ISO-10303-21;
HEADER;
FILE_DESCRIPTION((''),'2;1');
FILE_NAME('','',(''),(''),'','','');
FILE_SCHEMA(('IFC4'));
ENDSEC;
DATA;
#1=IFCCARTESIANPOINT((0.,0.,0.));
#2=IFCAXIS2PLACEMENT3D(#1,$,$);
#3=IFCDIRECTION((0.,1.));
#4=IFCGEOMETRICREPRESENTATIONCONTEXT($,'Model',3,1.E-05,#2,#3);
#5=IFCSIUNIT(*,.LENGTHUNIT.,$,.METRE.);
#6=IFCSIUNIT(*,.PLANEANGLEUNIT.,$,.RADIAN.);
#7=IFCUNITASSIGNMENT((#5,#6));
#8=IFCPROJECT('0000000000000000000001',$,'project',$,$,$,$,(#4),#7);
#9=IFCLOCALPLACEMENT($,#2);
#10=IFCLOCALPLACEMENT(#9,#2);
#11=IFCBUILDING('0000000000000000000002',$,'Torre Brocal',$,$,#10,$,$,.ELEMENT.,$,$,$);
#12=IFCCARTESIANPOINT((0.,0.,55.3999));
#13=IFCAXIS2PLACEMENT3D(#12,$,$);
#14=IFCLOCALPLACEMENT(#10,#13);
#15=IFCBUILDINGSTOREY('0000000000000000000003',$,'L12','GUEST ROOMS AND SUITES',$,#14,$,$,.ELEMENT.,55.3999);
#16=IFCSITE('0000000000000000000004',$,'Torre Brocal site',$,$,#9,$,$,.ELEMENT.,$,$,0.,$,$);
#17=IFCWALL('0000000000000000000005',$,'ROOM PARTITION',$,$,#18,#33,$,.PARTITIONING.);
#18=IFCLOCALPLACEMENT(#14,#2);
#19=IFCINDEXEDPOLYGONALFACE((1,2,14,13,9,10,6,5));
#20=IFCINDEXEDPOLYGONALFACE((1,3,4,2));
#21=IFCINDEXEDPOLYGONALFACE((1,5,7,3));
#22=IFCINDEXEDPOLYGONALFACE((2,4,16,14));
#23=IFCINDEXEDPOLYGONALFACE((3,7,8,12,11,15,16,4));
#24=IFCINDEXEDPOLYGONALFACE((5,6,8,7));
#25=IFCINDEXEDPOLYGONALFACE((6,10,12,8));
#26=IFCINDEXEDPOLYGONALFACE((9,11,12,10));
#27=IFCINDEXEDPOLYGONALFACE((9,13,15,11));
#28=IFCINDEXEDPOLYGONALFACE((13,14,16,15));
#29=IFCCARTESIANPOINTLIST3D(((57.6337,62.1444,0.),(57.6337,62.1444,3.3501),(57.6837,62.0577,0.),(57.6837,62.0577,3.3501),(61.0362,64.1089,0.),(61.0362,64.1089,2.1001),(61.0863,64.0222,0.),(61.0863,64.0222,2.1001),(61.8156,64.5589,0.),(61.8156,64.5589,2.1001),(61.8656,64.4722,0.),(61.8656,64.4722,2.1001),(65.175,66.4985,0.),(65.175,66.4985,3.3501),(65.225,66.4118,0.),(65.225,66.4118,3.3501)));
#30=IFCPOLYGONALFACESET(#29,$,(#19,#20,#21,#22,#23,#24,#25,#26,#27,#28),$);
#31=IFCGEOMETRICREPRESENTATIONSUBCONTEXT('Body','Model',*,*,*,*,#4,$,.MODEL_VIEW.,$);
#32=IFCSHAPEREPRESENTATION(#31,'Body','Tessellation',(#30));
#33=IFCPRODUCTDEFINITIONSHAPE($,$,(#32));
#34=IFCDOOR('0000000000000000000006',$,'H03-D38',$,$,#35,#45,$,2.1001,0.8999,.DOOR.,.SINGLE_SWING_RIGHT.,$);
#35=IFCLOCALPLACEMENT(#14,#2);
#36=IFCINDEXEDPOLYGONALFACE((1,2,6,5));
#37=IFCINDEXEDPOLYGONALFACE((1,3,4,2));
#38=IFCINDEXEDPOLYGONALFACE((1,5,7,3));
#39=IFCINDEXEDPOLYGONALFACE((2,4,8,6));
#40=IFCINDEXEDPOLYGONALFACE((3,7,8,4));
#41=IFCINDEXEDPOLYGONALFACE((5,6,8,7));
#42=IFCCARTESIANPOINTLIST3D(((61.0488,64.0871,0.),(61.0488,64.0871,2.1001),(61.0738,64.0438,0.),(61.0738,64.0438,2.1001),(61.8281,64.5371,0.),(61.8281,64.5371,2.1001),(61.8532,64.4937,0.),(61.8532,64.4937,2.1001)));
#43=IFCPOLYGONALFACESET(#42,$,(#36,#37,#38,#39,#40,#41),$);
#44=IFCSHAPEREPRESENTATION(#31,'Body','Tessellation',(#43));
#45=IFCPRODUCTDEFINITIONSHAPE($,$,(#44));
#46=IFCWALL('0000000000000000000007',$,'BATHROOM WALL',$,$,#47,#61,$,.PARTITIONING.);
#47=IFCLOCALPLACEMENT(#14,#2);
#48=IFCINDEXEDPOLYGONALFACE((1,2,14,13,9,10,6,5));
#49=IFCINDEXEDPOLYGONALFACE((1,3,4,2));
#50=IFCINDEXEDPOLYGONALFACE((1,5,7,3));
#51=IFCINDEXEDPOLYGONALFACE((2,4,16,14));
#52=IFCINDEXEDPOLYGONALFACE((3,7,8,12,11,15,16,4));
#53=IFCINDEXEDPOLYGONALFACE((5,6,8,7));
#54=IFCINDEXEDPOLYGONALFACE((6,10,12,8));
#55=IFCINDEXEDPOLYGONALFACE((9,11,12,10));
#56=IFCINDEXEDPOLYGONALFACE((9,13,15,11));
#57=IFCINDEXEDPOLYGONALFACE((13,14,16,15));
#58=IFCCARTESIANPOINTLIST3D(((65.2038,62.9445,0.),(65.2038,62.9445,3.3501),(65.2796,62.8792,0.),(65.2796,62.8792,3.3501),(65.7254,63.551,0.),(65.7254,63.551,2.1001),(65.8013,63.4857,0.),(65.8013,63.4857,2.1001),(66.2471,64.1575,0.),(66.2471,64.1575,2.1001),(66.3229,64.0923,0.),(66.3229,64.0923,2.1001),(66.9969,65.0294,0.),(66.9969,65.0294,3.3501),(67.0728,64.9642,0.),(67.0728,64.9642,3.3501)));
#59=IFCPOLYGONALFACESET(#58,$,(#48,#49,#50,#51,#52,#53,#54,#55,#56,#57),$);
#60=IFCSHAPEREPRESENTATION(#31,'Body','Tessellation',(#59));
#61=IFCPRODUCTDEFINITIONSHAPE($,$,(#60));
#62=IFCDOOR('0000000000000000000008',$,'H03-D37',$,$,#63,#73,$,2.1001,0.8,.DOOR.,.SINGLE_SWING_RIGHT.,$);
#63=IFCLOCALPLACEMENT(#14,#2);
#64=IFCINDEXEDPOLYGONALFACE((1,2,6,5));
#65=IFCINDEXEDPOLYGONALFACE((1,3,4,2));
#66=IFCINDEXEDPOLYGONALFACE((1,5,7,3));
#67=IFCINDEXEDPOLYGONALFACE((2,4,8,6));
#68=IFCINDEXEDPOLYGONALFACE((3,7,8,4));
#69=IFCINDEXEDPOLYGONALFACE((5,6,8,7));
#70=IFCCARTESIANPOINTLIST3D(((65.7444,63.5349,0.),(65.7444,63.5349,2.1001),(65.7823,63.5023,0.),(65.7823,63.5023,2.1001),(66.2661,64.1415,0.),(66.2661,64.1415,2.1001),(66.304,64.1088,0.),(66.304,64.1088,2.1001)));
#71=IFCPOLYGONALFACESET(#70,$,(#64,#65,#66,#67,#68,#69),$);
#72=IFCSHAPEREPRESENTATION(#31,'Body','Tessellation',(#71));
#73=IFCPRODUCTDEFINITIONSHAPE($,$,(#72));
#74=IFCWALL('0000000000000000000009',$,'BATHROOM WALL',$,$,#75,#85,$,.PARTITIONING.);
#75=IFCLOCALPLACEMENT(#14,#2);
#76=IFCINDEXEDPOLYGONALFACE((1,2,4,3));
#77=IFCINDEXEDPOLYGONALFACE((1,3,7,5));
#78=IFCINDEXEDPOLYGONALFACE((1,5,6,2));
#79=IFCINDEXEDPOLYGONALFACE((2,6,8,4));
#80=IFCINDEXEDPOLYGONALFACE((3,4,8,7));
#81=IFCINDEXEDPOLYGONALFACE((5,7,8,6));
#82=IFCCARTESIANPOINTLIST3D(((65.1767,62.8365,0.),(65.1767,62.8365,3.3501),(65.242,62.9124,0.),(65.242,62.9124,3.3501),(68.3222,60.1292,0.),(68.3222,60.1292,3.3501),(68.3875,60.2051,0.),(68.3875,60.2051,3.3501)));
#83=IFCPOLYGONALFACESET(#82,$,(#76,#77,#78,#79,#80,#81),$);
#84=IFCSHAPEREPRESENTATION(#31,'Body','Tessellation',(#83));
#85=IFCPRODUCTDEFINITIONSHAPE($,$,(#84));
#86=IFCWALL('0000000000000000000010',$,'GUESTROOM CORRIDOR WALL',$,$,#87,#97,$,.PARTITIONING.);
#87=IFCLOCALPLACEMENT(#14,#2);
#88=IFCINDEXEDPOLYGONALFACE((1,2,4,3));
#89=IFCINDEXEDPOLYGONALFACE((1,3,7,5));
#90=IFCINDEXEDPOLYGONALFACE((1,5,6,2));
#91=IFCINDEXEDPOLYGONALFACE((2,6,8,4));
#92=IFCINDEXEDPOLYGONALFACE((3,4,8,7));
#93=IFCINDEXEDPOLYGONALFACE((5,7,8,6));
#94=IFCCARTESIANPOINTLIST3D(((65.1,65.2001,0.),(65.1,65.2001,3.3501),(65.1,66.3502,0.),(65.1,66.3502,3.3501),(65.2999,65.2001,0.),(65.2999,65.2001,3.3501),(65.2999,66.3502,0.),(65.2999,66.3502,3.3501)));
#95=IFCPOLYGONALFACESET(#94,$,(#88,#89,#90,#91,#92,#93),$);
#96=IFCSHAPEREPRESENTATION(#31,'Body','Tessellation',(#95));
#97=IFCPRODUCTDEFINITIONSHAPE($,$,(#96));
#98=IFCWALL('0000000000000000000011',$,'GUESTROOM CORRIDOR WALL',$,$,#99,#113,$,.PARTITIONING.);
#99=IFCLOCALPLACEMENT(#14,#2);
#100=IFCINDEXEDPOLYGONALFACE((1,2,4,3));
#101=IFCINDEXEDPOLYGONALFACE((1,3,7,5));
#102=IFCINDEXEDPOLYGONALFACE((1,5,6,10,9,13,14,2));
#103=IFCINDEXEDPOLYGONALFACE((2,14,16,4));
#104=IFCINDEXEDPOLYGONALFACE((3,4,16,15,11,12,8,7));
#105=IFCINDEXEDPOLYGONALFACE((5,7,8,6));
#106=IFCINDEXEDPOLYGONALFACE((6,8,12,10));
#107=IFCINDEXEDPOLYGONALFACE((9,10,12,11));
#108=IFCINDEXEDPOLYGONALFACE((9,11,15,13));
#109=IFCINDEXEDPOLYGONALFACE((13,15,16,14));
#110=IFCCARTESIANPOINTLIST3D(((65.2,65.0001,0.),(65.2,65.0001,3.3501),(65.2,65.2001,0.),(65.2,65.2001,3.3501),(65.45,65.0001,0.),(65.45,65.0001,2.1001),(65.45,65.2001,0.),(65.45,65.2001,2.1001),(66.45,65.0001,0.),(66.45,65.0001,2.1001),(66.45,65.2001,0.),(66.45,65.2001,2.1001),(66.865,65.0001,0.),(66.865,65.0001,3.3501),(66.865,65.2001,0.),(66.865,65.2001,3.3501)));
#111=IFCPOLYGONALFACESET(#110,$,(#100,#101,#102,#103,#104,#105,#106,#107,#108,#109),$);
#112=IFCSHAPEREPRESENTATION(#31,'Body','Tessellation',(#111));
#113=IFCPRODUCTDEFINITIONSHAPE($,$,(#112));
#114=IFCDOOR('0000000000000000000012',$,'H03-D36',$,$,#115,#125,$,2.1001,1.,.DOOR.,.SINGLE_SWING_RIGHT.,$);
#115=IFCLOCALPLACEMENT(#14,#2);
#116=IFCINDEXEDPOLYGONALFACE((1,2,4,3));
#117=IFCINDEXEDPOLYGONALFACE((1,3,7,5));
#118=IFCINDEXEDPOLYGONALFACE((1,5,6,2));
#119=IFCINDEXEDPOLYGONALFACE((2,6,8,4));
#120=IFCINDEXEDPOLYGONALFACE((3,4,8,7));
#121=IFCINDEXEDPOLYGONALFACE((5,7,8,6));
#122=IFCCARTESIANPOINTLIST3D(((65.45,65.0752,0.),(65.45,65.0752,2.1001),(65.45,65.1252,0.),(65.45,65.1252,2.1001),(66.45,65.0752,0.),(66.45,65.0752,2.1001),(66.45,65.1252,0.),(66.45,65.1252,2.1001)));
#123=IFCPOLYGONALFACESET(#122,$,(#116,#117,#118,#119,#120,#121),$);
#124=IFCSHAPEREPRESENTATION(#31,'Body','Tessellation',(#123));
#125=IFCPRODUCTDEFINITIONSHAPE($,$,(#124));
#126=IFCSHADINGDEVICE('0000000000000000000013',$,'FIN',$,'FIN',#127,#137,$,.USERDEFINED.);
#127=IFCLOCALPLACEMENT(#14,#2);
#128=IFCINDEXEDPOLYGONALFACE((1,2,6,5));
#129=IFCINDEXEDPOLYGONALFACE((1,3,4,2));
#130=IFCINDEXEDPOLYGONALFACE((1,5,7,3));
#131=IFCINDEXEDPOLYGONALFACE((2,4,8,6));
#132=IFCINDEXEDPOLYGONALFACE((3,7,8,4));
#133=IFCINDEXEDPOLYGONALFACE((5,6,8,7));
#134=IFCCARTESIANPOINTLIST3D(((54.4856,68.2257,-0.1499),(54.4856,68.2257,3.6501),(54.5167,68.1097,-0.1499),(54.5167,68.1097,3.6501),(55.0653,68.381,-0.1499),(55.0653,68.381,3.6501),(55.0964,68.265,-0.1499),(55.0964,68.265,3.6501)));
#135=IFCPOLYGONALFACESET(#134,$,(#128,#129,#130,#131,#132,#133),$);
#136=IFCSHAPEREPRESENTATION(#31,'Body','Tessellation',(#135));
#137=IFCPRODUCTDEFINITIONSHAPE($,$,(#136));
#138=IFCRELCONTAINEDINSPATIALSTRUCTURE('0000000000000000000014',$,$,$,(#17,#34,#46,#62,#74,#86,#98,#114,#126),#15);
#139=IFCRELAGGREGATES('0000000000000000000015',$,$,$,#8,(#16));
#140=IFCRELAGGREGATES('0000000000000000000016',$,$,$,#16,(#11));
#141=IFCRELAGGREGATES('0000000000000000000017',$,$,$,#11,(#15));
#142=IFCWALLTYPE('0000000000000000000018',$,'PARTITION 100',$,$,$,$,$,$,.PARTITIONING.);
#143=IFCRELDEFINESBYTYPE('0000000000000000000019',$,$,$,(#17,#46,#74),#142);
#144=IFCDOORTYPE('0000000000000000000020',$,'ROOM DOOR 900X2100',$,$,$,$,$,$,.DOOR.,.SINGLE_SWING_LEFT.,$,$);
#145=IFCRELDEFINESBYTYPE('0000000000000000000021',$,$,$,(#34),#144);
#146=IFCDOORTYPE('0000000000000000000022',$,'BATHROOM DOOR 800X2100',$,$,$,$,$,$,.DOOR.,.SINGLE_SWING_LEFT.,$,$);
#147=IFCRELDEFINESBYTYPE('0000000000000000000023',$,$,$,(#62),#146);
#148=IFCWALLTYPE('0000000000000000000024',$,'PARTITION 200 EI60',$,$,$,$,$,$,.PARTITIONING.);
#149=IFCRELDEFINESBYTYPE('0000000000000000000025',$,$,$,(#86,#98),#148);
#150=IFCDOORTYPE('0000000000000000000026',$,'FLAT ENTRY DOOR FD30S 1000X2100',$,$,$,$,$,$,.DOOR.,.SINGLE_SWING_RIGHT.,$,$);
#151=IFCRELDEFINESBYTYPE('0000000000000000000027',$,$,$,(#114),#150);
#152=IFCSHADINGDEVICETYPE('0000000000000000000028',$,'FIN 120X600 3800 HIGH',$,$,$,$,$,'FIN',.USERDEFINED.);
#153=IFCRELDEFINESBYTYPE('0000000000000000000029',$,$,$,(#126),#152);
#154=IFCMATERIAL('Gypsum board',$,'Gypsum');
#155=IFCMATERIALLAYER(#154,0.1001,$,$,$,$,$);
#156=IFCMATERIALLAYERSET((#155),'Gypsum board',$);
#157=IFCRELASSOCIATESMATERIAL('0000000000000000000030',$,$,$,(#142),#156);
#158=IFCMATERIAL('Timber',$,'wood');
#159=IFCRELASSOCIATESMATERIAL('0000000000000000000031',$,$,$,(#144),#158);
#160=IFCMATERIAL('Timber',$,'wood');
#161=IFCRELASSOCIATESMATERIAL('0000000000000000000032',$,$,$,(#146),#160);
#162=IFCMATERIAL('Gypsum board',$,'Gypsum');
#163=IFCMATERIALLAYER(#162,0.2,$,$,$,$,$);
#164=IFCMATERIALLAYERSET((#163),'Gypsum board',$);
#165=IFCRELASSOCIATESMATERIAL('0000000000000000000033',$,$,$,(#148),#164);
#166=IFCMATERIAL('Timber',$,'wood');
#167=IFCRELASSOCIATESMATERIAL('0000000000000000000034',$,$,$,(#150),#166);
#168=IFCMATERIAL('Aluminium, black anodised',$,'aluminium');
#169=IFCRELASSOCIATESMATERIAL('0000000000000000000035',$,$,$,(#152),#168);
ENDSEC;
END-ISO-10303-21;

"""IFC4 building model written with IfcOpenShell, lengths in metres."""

from ifc_helpers import new_model, si_unit, direction, frame, frame_2d, origin, origin_2d, place, context, subcontext, project, spatial, rectangle, extrude, material, layer, layer_set, material_profile, profile_set, type_object, element, fill, save


model = new_model("IFC4")

# Units and contexts
model_context = context("Model", 3, precision=1e-05, world=origin(), true_north=direction((0.0, 1.0)))
body_context = subcontext(model_context, "Body", "Model", "MODEL_VIEW")
ifc_project = project(units=[si_unit("LENGTHUNIT", "METRE"), si_unit("PLANEANGLEUNIT", "RADIAN")], contexts=[model_context])

# Site, building, storey
site_placement = place(None, origin())
site = spatial("IfcSite", under=ifc_project, at=site_placement, Name="Torre Brocal site", CompositionType="ELEMENT", RefElevation=0.0)
building_placement = place(site_placement, origin())
building = spatial("IfcBuilding", under=site, at=building_placement, Name="Torre Brocal", CompositionType="ELEMENT")
storey_placement = place(building_placement, frame((0.0, 0.0, 55.3999)))
storey = spatial("IfcBuildingStorey", under=building, at=storey_placement, Name="L12", Description="GUEST ROOMS AND SUITES", CompositionType="ELEMENT", Elevation=55.3999)

# Walls, openings, doors
ifc_material_1 = material(Name="Gypsum board", Category="Gypsum")
ifc_layer_1 = layer(ifc_material_1, 0.1001)
ifc_layer_set_1 = layer_set([ifc_layer_1], Name="Gypsum board")
wall_type_1 = type_object("IfcWallType", Name="PARTITION 100", PredefinedType="PARTITIONING", material=ifc_layer_set_1)
wall_1_placement = place(storey_placement, frame((57.6587, 62.1011, 0.0), z_axis=(0.0, 0.0, 1.0), x_axis=(0.866023, 0.500005, 0.0)))
wall_1 = element("IfcWall", 1, at=wall_1_placement, inside=storey, type_object=wall_type_1, Name="ROOM PARTITION", PredefinedType="PARTITIONING", context=body_context, shape_type="SweptSolid", body=[
    extrude(rectangle(XDim=8.708, YDim=0.1001, at=frame_2d((4.354, 0.0))), origin(), (0.0, 0.0, 1.0), 3.3501),
])
opening_1_placement = place(wall_1_placement, frame((3.929, 0.0, 0.0)))
opening_1 = element("IfcOpeningElement", 2, at=opening_1_placement, cuts=wall_1, PredefinedType="OPENING", context=body_context, shape_type="SweptSolid", body=[
    extrude(rectangle(XDim=0.8999, YDim=2.1001, at=frame_2d((0.45, 1.05))), frame((0.0, 0.0601, 0.0), z_axis=(0.0, -1.0, 0.0), x_axis=(1.0, 0.0, 0.0)), (0.0, 0.0, 1.0), 0.1201),
])
ifc_material_2 = material(Name="Timber", Category="wood")
door_type_1 = type_object("IfcDoorType", Name="ROOM DOOR 900X2100", OperationType="SINGLE_SWING_LEFT", PredefinedType="DOOR", material=ifc_material_2)
door_1_placement = place(opening_1_placement, origin())
door_1 = element("IfcDoor", 3, at=door_1_placement, inside=storey, type_object=door_type_1, Name="H03-D38", OperationType="SINGLE_SWING_RIGHT", OverallHeight=2.1001, OverallWidth=0.8999, PredefinedType="DOOR", context=body_context, shape_type="SweptSolid", body=[
    extrude(rectangle(XDim=0.8999, YDim=2.1001, at=frame_2d((0.45, 1.05))), frame((0.0, 0.0249, 0.0), z_axis=(0.0, -1.0, 0.0), x_axis=(1.0, 0.0, 0.0)), (0.0, 0.0, 1.0), 0.05),
])
fill(opening_1, door_1)
wall_2_placement = place(storey_placement, frame((65.2417, 62.9119, 0.0), z_axis=(0.0, 0.0, 1.0), x_axis=(0.65207, 0.758159, 0.0)))
wall_2 = element("IfcWall", 4, at=wall_2_placement, inside=storey, type_object=wall_type_1, Name="BATHROOM WALL", PredefinedType="PARTITIONING", context=body_context, shape_type="SweptSolid", body=[
    extrude(rectangle(XDim=2.75, YDim=0.1001, at=frame_2d((1.375, 0.0))), origin(), (0.0, 0.0, 1.0), 3.3501),
])
opening_2_placement = place(wall_2_placement, frame((0.8, 0.0, 0.0)))
opening_2 = element("IfcOpeningElement", 5, at=opening_2_placement, cuts=wall_2, PredefinedType="OPENING", context=body_context, shape_type="SweptSolid", body=[
    extrude(rectangle(XDim=0.8, YDim=2.1001, at=frame_2d((0.3999, 1.05))), frame((0.0, 0.0601, 0.0), z_axis=(0.0, -1.0, 0.0), x_axis=(1.0, 0.0, 0.0)), (0.0, 0.0, 1.0), 0.1201),
])
ifc_material_3 = material(Name="Timber", Category="wood")
door_type_2 = type_object("IfcDoorType", Name="BATHROOM DOOR 800X2100", OperationType="SINGLE_SWING_LEFT", PredefinedType="DOOR", material=ifc_material_3)
door_2_placement = place(opening_2_placement, frame((0.8, 0.0, 0.0), z_axis=(0.0, 0.0, 1.0), x_axis=(-1.0, 0.0, 0.0)))
door_2 = element("IfcDoor", 6, at=door_2_placement, inside=storey, type_object=door_type_2, Name="H03-D37", OperationType="SINGLE_SWING_RIGHT", OverallHeight=2.1001, OverallWidth=0.8, PredefinedType="DOOR", context=body_context, shape_type="SweptSolid", body=[
    extrude(rectangle(XDim=0.8, YDim=2.1001, at=frame_2d((0.3999, 1.05))), frame((0.0, 0.0249, 0.0), z_axis=(0.0, -1.0, 0.0), x_axis=(1.0, 0.0, 0.0)), (0.0, 0.0, 1.0), 0.05),
])
fill(opening_2, door_2)

# Walls
wall_3_placement = place(storey_placement, frame((65.2092, 62.8745, 0.0), z_axis=(0.0, 0.0, 1.0), x_axis=(0.75793, -0.652335, 0.0)))
element("IfcWall", 7, at=wall_3_placement, inside=storey, type_object=wall_type_1, Name="BATHROOM WALL", PredefinedType="PARTITIONING", context=body_context, shape_type="SweptSolid", body=[
    extrude(rectangle(XDim=4.1501, YDim=0.1001, at=frame_2d((2.0752, 0.0))), origin(), (0.0, 0.0, 1.0), 3.3501),
])
ifc_material_4 = material(Name="Gypsum board", Category="Gypsum")
ifc_layer_2 = layer(ifc_material_4, 0.2)
ifc_layer_set_2 = layer_set([ifc_layer_2], Name="Gypsum board")
wall_type_2 = type_object("IfcWallType", Name="PARTITION 200 EI60", PredefinedType="PARTITIONING", material=ifc_layer_set_2)
wall_4_placement = place(storey_placement, frame((65.2, 65.2, 0.0), z_axis=(0.0, 0.0, 1.0), x_axis=(0.0, 1.0, 0.0)))
element("IfcWall", 8, at=wall_4_placement, inside=storey, type_object=wall_type_2, Name="GUESTROOM CORRIDOR WALL", PredefinedType="PARTITIONING", context=body_context, shape_type="SweptSolid", body=[
    extrude(rectangle(XDim=1.1501, YDim=0.2, at=frame_2d((0.5752, 0.0))), origin(), (0.0, 0.0, 1.0), 3.3501),
])

# Wall, opening, door
wall_5_placement = place(storey_placement, frame((65.2, 65.1001, 0.0), z_axis=(0.0, 0.0, 1.0), x_axis=(1.0, 0.0, 0.0)))
wall_5 = element("IfcWall", 9, at=wall_5_placement, inside=storey, type_object=wall_type_2, Name="GUESTROOM CORRIDOR WALL", PredefinedType="PARTITIONING", context=body_context, shape_type="SweptSolid", body=[
    extrude(rectangle(XDim=1.665, YDim=0.2, at=frame_2d((0.8325, 0.0))), origin(), (0.0, 0.0, 1.0), 3.3501),
])
opening_3_placement = place(wall_5_placement, frame((0.25, 0.0, 0.0)))
opening_3 = element("IfcOpeningElement", 10, at=opening_3_placement, cuts=wall_5, PredefinedType="OPENING", context=body_context, shape_type="SweptSolid", body=[
    extrude(rectangle(XDim=1.0, YDim=2.1001, at=frame_2d((0.5, 1.05))), frame((0.0, 0.1099, 0.0), z_axis=(0.0, -1.0, 0.0), x_axis=(1.0, 0.0, 0.0)), (0.0, 0.0, 1.0), 0.22),
])
ifc_material_5 = material(Name="Timber", Category="wood")
door_type_3 = type_object("IfcDoorType", Name="FLAT ENTRY DOOR FD30S 1000X2100", OperationType="SINGLE_SWING_RIGHT", PredefinedType="DOOR", material=ifc_material_5)
door_3_placement = place(opening_3_placement, frame((1.0, 0.0, 0.0), z_axis=(0.0, 0.0, 1.0), x_axis=(-1.0, 0.0, 0.0)))
door_3 = element("IfcDoor", 11, at=door_3_placement, inside=storey, type_object=door_type_3, Name="H03-D36", OperationType="SINGLE_SWING_RIGHT", OverallHeight=2.1001, OverallWidth=1.0, PredefinedType="DOOR", context=body_context, shape_type="SweptSolid", body=[
    extrude(rectangle(XDim=1.0, YDim=2.1001, at=frame_2d((0.5, 1.05))), frame((0.0, 0.0249, 0.0), z_axis=(0.0, -1.0, 0.0), x_axis=(1.0, 0.0, 0.0)), (0.0, 0.0, 1.0), 0.05),
])
fill(opening_3, door_3)

# Shading device
ifc_material_6 = material(Name="Aluminium, black anodised", Category="aluminium")
ifc_material_profile_1 = material_profile(ifc_material_6, rectangle(XDim=0.1201, YDim=0.6001, at=origin_2d()), Name="FIN 120X600 3800 HIGH")
ifc_profile_set_1 = profile_set([ifc_material_profile_1], Name="Aluminium, black anodised")
shading_device_type = type_object("IfcShadingDeviceType", Name="FIN 120X600 3800 HIGH", ElementType="FIN", PredefinedType="USERDEFINED", material=ifc_profile_set_1)
shading_device_placement = place(storey_placement, frame((54.791, 68.2454, -0.1499), z_axis=(0.0, 0.0, 1.0), x_axis=(0.258819, -0.965926, 0.0)))
element("IfcShadingDevice", 12, at=shading_device_placement, inside=storey, type_object=shading_device_type, Name="FIN", ObjectType="FIN", PredefinedType="USERDEFINED", context=body_context, shape_type="SweptSolid", body=[
    extrude(rectangle(XDim=0.1201, YDim=0.6001, at=origin_2d()), origin(), (0.0, 0.0, 1.0), 3.8),
])

save(model, "model.ifc")
